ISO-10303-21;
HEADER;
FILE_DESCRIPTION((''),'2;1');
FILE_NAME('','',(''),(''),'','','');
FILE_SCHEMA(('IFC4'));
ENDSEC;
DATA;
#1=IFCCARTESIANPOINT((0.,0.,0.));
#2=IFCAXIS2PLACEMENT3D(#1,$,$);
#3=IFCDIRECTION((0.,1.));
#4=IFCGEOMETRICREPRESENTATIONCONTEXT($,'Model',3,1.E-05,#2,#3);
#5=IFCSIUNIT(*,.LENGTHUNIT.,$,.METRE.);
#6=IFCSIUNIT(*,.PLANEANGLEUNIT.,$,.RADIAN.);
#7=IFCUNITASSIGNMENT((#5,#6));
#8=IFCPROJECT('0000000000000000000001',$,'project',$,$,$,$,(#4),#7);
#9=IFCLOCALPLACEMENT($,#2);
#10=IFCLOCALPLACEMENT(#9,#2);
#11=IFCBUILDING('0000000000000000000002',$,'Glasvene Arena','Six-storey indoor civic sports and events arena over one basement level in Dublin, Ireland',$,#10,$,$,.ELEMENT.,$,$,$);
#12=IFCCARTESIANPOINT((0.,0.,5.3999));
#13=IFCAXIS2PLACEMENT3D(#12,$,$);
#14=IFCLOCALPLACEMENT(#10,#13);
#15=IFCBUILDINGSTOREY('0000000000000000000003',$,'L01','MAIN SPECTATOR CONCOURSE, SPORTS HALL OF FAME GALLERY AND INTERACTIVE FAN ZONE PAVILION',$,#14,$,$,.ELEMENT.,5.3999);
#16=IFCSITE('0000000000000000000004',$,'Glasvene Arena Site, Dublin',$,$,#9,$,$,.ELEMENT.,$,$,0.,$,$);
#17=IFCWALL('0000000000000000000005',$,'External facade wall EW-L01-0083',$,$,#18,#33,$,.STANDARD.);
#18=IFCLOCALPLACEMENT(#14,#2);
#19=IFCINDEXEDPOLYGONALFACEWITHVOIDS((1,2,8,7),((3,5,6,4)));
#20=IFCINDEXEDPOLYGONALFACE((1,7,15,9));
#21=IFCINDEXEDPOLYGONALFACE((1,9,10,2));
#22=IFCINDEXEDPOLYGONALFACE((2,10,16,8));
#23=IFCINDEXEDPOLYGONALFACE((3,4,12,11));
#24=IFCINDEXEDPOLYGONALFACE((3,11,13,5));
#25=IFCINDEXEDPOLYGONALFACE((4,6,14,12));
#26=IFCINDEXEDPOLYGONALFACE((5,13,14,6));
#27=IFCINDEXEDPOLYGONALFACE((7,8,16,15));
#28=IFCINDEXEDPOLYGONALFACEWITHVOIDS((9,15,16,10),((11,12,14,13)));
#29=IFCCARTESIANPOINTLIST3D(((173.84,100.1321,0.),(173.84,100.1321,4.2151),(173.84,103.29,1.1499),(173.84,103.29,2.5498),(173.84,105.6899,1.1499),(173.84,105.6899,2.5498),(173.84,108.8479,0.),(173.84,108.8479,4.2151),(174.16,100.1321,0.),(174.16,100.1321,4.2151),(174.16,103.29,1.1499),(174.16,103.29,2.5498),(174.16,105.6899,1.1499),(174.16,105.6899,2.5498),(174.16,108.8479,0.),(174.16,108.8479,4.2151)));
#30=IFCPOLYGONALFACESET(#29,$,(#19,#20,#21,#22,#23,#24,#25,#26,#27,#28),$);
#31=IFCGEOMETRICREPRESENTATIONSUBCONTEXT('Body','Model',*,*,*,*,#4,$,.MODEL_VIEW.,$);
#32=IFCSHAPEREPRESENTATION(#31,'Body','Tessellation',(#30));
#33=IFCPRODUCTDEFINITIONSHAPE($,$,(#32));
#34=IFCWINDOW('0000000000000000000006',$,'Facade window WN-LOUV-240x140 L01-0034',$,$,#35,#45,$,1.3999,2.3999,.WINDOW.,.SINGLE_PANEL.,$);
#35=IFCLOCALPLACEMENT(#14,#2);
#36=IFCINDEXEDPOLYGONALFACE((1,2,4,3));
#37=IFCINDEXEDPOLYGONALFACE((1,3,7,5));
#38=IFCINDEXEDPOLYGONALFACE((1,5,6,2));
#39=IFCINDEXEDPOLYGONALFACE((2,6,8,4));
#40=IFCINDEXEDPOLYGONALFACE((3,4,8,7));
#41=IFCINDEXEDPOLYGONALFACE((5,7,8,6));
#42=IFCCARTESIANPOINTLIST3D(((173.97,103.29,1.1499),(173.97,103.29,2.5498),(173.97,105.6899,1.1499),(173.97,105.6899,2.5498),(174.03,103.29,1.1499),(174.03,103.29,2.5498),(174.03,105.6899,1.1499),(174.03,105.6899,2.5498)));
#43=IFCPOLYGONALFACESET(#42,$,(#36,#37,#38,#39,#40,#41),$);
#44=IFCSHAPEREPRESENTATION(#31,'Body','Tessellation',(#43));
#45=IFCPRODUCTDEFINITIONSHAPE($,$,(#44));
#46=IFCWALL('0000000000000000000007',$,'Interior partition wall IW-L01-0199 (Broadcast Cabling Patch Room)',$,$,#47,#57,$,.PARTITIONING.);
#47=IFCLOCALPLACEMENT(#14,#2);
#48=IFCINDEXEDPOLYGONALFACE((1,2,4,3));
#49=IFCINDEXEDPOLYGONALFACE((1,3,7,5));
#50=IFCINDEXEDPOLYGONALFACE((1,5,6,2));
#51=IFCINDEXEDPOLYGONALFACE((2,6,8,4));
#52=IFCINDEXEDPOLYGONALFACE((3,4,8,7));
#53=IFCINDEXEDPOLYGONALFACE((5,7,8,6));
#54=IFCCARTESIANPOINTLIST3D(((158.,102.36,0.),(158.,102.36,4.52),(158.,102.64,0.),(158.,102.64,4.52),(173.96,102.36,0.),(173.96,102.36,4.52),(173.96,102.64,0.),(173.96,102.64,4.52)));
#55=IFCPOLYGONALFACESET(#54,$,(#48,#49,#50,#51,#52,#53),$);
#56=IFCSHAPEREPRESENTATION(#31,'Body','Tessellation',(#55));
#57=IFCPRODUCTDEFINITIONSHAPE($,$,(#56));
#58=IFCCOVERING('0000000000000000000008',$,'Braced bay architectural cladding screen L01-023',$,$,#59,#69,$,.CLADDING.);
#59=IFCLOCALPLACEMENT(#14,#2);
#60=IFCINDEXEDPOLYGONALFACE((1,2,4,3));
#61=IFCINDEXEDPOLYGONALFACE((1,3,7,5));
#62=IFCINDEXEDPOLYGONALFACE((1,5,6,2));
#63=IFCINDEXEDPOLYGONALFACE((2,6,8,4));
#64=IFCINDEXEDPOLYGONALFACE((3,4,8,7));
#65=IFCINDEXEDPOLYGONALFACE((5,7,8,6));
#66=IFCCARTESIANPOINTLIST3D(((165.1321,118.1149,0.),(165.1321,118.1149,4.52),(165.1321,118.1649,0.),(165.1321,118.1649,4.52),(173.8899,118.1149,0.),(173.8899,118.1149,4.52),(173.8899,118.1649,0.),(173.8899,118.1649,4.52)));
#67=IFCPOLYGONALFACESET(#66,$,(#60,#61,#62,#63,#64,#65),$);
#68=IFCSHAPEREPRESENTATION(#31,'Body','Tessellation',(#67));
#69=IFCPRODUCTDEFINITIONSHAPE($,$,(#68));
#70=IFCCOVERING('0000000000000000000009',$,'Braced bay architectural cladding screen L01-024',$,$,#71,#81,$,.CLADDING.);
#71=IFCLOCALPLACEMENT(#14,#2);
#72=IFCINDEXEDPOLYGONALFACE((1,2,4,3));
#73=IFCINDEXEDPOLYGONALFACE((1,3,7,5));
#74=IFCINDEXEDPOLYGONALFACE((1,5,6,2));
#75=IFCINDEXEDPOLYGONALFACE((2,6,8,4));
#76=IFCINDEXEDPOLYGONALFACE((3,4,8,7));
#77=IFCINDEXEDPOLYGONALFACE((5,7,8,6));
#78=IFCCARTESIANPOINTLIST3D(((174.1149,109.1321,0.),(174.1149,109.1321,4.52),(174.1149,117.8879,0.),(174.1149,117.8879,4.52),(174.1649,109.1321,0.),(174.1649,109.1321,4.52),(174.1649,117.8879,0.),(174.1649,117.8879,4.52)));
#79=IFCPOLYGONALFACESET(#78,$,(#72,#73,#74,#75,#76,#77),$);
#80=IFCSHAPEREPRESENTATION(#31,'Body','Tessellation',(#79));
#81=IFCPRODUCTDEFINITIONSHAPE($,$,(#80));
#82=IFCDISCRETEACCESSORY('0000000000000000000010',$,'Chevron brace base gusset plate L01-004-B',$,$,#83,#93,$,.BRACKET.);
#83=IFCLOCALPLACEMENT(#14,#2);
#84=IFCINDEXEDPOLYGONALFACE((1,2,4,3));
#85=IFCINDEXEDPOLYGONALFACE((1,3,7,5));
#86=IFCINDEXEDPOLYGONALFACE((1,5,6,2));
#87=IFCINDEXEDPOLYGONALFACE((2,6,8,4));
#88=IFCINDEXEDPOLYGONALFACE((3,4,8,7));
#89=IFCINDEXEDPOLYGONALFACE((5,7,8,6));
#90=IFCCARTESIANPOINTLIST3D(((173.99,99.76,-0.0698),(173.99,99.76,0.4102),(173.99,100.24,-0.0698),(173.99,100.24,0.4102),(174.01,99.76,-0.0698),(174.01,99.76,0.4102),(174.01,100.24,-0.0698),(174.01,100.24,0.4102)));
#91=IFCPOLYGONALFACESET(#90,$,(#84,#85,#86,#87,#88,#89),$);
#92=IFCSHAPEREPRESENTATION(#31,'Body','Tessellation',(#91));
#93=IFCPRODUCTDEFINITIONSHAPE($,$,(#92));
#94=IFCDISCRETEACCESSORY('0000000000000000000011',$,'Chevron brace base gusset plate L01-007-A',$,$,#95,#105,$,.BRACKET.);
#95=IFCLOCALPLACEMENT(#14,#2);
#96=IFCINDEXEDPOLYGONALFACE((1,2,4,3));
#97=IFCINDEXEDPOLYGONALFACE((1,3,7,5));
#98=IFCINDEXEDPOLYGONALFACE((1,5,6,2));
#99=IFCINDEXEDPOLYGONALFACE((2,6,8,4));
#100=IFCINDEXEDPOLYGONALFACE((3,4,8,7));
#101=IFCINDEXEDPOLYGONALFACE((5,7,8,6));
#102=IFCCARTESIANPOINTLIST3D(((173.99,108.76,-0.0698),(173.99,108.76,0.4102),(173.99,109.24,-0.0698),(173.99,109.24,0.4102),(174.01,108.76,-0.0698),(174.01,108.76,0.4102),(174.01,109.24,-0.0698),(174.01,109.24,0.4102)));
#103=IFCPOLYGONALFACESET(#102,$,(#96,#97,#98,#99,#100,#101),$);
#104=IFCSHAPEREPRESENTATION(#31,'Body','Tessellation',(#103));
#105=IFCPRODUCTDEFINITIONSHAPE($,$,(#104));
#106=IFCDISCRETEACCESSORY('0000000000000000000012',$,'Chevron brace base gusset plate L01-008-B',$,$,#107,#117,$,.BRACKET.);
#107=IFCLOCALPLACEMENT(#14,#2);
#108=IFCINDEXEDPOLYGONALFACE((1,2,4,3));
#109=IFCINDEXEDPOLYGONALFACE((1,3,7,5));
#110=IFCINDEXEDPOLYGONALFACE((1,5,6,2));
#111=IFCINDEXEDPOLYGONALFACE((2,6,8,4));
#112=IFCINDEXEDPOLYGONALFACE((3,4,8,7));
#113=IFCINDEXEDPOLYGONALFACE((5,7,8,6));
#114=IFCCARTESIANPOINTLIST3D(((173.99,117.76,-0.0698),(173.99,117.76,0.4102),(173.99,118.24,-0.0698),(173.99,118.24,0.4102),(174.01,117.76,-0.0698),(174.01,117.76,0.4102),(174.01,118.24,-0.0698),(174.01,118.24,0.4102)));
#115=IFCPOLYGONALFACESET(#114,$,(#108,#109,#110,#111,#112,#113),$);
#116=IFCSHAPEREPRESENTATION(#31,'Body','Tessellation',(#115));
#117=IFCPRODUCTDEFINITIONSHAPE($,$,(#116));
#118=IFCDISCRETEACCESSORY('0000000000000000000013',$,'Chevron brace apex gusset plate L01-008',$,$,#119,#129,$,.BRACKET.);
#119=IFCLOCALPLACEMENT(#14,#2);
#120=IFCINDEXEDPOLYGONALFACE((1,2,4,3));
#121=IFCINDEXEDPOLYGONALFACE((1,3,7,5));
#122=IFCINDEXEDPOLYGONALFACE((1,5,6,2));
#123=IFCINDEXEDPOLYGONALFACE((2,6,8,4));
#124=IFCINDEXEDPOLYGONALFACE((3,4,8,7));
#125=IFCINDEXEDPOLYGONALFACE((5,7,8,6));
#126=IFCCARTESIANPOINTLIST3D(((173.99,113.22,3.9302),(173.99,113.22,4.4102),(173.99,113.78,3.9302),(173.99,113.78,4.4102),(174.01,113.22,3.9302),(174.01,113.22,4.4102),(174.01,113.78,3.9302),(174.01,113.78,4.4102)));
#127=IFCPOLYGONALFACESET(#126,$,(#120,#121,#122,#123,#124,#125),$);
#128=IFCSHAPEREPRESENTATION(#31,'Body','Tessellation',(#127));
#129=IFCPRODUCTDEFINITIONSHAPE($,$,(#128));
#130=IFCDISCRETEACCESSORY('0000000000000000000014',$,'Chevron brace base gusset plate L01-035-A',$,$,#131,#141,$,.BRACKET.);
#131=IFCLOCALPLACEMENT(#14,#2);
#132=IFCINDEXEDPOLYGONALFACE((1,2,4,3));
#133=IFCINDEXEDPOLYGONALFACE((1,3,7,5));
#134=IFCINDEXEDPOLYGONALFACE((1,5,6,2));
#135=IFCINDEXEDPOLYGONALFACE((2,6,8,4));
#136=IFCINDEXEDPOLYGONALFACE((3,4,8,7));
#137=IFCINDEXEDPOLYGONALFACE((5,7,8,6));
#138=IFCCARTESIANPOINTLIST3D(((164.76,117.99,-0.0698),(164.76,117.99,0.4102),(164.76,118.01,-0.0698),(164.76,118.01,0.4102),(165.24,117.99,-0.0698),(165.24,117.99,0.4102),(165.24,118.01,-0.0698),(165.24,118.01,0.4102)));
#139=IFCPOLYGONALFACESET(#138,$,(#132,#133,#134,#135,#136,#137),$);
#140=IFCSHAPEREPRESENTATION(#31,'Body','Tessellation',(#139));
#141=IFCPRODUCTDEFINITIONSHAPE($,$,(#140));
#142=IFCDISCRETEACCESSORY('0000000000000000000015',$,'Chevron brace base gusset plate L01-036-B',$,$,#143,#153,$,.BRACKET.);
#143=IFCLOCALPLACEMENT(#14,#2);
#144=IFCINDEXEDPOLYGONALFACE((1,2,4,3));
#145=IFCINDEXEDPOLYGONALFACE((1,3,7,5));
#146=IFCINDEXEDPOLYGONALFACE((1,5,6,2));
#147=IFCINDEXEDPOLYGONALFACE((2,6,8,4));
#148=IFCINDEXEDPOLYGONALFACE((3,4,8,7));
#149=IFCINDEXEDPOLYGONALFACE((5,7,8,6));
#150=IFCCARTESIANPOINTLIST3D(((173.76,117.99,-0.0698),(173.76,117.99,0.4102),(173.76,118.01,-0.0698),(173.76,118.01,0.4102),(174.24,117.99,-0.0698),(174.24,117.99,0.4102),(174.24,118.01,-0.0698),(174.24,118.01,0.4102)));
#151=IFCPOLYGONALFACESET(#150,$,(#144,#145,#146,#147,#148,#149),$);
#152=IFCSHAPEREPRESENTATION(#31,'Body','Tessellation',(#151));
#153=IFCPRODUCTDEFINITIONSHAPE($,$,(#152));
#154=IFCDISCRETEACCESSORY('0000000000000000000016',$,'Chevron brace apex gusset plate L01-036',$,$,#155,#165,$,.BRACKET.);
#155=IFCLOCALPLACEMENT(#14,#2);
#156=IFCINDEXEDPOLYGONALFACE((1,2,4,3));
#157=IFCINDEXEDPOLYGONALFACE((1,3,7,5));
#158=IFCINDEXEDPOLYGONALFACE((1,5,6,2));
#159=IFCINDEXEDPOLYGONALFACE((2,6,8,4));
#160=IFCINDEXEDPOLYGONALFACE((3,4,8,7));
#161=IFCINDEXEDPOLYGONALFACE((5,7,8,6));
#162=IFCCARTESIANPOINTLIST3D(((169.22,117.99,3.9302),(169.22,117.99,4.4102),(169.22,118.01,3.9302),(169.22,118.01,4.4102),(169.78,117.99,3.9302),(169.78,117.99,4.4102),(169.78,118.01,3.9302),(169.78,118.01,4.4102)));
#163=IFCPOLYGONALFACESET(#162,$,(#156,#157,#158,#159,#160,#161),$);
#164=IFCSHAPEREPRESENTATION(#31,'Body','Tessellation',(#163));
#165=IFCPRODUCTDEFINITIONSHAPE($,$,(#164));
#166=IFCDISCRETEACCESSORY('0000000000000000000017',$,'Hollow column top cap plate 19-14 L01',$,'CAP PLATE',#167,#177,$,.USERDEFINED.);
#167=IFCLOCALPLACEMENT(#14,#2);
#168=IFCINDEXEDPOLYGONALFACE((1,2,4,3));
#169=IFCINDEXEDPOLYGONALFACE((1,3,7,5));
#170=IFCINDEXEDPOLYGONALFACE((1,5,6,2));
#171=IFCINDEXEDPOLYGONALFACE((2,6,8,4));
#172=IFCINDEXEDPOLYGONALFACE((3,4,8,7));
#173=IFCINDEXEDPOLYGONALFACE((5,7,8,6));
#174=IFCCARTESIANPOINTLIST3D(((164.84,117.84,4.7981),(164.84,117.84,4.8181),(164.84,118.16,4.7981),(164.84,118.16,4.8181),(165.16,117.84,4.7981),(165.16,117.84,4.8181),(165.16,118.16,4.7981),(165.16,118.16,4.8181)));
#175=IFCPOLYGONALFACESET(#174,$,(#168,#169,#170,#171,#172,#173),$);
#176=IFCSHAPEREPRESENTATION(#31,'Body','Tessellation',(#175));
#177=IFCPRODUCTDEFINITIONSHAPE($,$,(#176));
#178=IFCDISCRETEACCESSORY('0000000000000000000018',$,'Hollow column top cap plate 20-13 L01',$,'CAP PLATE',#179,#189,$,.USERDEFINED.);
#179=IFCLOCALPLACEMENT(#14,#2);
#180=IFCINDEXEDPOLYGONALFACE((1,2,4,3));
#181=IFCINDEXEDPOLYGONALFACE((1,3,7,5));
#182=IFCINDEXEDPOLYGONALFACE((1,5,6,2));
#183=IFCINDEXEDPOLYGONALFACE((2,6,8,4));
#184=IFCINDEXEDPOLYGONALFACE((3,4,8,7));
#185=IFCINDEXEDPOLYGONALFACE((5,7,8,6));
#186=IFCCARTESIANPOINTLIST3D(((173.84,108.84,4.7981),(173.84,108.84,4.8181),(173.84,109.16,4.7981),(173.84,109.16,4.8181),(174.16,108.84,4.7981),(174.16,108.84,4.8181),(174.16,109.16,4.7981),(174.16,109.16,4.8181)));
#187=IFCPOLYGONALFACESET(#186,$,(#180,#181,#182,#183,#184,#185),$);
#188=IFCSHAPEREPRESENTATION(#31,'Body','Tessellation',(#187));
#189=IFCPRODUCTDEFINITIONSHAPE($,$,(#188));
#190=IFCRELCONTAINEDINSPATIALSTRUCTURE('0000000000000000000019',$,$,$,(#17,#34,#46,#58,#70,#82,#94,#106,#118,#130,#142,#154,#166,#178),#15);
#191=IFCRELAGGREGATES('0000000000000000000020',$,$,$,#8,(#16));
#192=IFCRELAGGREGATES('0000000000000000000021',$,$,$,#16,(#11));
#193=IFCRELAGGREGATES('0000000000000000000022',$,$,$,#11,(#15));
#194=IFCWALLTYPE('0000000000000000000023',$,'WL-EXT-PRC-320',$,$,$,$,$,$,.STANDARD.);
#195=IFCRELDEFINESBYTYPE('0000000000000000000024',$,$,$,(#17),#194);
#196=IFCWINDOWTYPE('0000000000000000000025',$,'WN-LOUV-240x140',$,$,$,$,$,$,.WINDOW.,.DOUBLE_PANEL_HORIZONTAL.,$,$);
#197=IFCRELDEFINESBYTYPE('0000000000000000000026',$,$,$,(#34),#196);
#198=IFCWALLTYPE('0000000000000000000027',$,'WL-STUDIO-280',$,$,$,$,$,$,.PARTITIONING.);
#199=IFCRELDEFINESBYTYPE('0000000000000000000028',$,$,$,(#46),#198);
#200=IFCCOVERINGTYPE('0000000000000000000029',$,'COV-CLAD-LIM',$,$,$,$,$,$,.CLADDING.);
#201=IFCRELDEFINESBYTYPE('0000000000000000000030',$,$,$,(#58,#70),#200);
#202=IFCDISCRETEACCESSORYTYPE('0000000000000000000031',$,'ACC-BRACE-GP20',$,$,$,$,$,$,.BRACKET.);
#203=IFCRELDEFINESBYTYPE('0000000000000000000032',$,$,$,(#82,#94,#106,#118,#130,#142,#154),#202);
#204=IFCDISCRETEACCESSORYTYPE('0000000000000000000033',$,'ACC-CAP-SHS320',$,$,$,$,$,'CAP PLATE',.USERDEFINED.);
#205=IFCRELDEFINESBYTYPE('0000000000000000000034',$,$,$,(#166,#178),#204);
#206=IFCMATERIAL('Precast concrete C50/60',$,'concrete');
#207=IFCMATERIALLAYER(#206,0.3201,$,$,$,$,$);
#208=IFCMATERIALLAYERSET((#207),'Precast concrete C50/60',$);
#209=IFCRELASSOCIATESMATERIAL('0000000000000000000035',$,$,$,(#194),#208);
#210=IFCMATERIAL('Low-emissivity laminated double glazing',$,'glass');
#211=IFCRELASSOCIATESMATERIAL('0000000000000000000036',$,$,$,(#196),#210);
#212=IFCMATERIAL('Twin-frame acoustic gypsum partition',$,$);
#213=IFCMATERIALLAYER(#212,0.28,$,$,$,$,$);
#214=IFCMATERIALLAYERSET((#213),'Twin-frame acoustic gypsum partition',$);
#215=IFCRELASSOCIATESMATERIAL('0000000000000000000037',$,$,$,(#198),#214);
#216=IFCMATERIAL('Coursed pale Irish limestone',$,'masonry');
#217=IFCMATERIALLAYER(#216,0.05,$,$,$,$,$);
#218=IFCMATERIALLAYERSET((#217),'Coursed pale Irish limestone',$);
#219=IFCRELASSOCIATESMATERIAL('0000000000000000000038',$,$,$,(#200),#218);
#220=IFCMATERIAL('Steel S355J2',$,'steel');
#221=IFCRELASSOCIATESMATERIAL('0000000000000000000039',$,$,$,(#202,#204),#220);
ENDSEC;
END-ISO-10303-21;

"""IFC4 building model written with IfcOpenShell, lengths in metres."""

from ifc_helpers import new_model, si_unit, direction, frame, frame_2d, origin, origin_2d, place, context, subcontext, project, spatial, rectangle, extrude, material, layer, layer_set, type_object, element, fill, save


model = new_model("IFC4")

# Units and contexts
model_context = context("Model", 3, precision=1e-05, world=origin(), true_north=direction((0.0, 1.0)))
body_context = subcontext(model_context, "Body", "Model", "MODEL_VIEW")
ifc_project = project(units=[si_unit("LENGTHUNIT", "METRE"), si_unit("PLANEANGLEUNIT", "RADIAN")], contexts=[model_context])

# Site, building, storey
site_placement = place(None, origin())
site = spatial("IfcSite", under=ifc_project, at=site_placement, Name="Glasvene Arena Site, Dublin", CompositionType="ELEMENT", RefElevation=0.0)
building_placement = place(site_placement, origin())
building = spatial("IfcBuilding", under=site, at=building_placement, Name="Glasvene Arena", Description="Six-storey indoor civic sports and events arena over one basement level in Dublin, Ireland", CompositionType="ELEMENT")
storey_placement = place(building_placement, frame((0.0, 0.0, 5.3999)))
storey = spatial("IfcBuildingStorey", under=building, at=storey_placement, Name="L01", Description="MAIN SPECTATOR CONCOURSE, SPORTS HALL OF FAME GALLERY AND INTERACTIVE FAN ZONE PAVILION", CompositionType="ELEMENT", Elevation=5.3999)

# Shared definitions
ifc_material_1 = material(Name="Steel S355J2", Category="steel")

# Wall, opening, window
ifc_material_2 = material(Name="Precast concrete C50/60", Category="concrete")
ifc_layer_1 = layer(ifc_material_2, 0.3201)
ifc_layer_set_1 = layer_set([ifc_layer_1], Name="Precast concrete C50/60")
wall_type_1 = type_object("IfcWallType", Name="WL-EXT-PRC-320", PredefinedType="STANDARD", material=ifc_layer_set_1)
wall_1_placement = place(storey_placement, frame((174.0, 108.8479, 0.0), z_axis=(0.0, 0.0, 1.0), x_axis=(0.0, -1.0, 0.0)))
wall_1 = element("IfcWall", 1, at=wall_1_placement, inside=storey, type_object=wall_type_1, Name="External facade wall EW-L01-0083", PredefinedType="STANDARD", context=body_context, shape_type="SweptSolid", body=[
    extrude(rectangle(XDim=8.7158, YDim=0.3201, at=frame_2d((4.3579, 0.0))), origin(), (0.0, 0.0, 1.0), 4.2151),
])
opening_placement = place(wall_1_placement, frame((3.158, 0.0, 1.1499)))
opening = element("IfcOpeningElement", 2, at=opening_placement, cuts=wall_1, PredefinedType="OPENING", context=body_context, shape_type="SweptSolid", body=[
    extrude(rectangle(XDim=2.3999, YDim=1.3999, at=frame_2d((1.2, 0.7))), frame((0.0, 0.1699, 0.0), z_axis=(0.0, -1.0, 0.0), x_axis=(1.0, 0.0, 0.0)), (0.0, 0.0, 1.0), 0.3401),
])
ifc_material_3 = material(Name="Low-emissivity laminated double glazing", Category="glass")
window_type = type_object("IfcWindowType", Name="WN-LOUV-240x140", PartitioningType="DOUBLE_PANEL_HORIZONTAL", PredefinedType="WINDOW", material=ifc_material_3)
window_placement = place(opening_placement, origin())
window = element("IfcWindow", 3, at=window_placement, inside=storey, type_object=window_type, Name="Facade window WN-LOUV-240x140 L01-0034", OverallHeight=1.3999, OverallWidth=2.3999, PartitioningType="SINGLE_PANEL", PredefinedType="WINDOW", context=body_context, shape_type="SweptSolid", body=[
    extrude(rectangle(XDim=2.3999, YDim=1.3999, at=frame_2d((1.2, 0.7))), frame((0.0, 0.03, 0.0), z_axis=(0.0, -1.0, 0.0), x_axis=(1.0, 0.0, 0.0)), (0.0, 0.0, 1.0), 0.0601),
])
fill(opening, window)

# Wall
ifc_material_4 = material(Name="Twin-frame acoustic gypsum partition")
ifc_layer_2 = layer(ifc_material_4, 0.28)
ifc_layer_set_2 = layer_set([ifc_layer_2], Name="Twin-frame acoustic gypsum partition")
wall_type_2 = type_object("IfcWallType", Name="WL-STUDIO-280", PredefinedType="PARTITIONING", material=ifc_layer_set_2)
wall_2_placement = place(storey_placement, frame((173.96, 102.5, 0.0), z_axis=(0.0, 0.0, 1.0), x_axis=(-1.0, 0.0, 0.0)))
element("IfcWall", 4, at=wall_2_placement, inside=storey, type_object=wall_type_2, Name="Interior partition wall IW-L01-0199 (Broadcast Cabling Patch Room)", PredefinedType="PARTITIONING", context=body_context, shape_type="SweptSolid", body=[
    extrude(rectangle(XDim=15.96, YDim=0.28, at=frame_2d((7.98, 0.0))), origin(), (0.0, 0.0, 1.0), 4.52),
])

# Coverings
ifc_material_5 = material(Name="Coursed pale Irish limestone", Category="masonry")
ifc_layer_3 = layer(ifc_material_5, 0.05)
ifc_layer_set_3 = layer_set([ifc_layer_3], Name="Coursed pale Irish limestone")
covering_type = type_object("IfcCoveringType", Name="COV-CLAD-LIM", PredefinedType="CLADDING", material=ifc_layer_set_3)
covering_1_placement = place(storey_placement, frame((169.511, 118.1399, 0.0), z_axis=(0.0, 0.0, 1.0), x_axis=(1.0, 0.0, 0.0)))
element("IfcCovering", 5, at=covering_1_placement, inside=storey, type_object=covering_type, Name="Braced bay architectural cladding screen L01-023", PredefinedType="CLADDING", context=body_context, shape_type="SweptSolid", body=[
    extrude(rectangle(XDim=8.7578, YDim=0.05, at=origin_2d()), origin(), (0.0, 0.0, 1.0), 4.52),
])
covering_2_placement = place(storey_placement, frame((174.1399, 113.51, 0.0), z_axis=(0.0, 0.0, 1.0), x_axis=(0.0, -1.0, 0.0)))
element("IfcCovering", 6, at=covering_2_placement, inside=storey, type_object=covering_type, Name="Braced bay architectural cladding screen L01-024", PredefinedType="CLADDING", context=body_context, shape_type="SweptSolid", body=[
    extrude(rectangle(XDim=8.7559, YDim=0.05, at=origin_2d()), origin(), (0.0, 0.0, 1.0), 4.52),
])

# Discrete accessories
discrete_accessory_type_1 = type_object("IfcDiscreteAccessoryType", Name="ACC-BRACE-GP20", PredefinedType="BRACKET", material=ifc_material_1)
for number, where, z_axis, x_axis, name in (
    (7, (174.0, 100.0, -0.0698), (0.0, 0.0, 1.0), (1.0, 0.0, 0.0), "Chevron brace base gusset plate L01-004-B"),
    (8, (174.0, 109.0, -0.0698), (0.0, 0.0, 1.0), (1.0, 0.0, 0.0), "Chevron brace base gusset plate L01-007-A"),
    (9, (174.0, 118.0, -0.0698), (0.0, 0.0, 1.0), (1.0, 0.0, 0.0), "Chevron brace base gusset plate L01-008-B"),
):
    element("IfcDiscreteAccessory", number, at=place(storey_placement, frame(where, z_axis=z_axis, x_axis=x_axis)), inside=storey, type_object=discrete_accessory_type_1, Name=name, PredefinedType="BRACKET", context=body_context, shape_type="SweptSolid", body=[
        extrude(rectangle(XDim=0.02, YDim=0.48, at=origin_2d()), origin(), (0.0, 0.0, 1.0), 0.48),
    ])
discrete_accessory_1_placement = place(storey_placement, frame((174.0, 113.5, 3.9302), z_axis=(0.0, 0.0, 1.0), x_axis=(1.0, 0.0, 0.0)))
element("IfcDiscreteAccessory", 10, at=discrete_accessory_1_placement, inside=storey, type_object=discrete_accessory_type_1, Name="Chevron brace apex gusset plate L01-008", PredefinedType="BRACKET", context=body_context, shape_type="SweptSolid", body=[
    extrude(rectangle(XDim=0.02, YDim=0.5601, at=origin_2d()), origin(), (0.0, 0.0, 1.0), 0.48),
])
for number, where, z_axis, x_axis, name in (
    (11, (165.0, 118.0, -0.0698), (0.0, 0.0, 1.0), (1.0, 0.0, 0.0), "Chevron brace base gusset plate L01-035-A"),
    (12, (174.0, 118.0, -0.0698), (0.0, 0.0, 1.0), (1.0, 0.0, 0.0), "Chevron brace base gusset plate L01-036-B"),
):
    element("IfcDiscreteAccessory", number, at=place(storey_placement, frame(where, z_axis=z_axis, x_axis=x_axis)), inside=storey, type_object=discrete_accessory_type_1, Name=name, PredefinedType="BRACKET", context=body_context, shape_type="SweptSolid", body=[
        extrude(rectangle(XDim=0.48, YDim=0.02, at=origin_2d()), origin(), (0.0, 0.0, 1.0), 0.48),
    ])
discrete_accessory_2_placement = place(storey_placement, frame((169.5, 118.0, 3.9302), z_axis=(0.0, 0.0, 1.0), x_axis=(1.0, 0.0, 0.0)))
element("IfcDiscreteAccessory", 13, at=discrete_accessory_2_placement, inside=storey, type_object=discrete_accessory_type_1, Name="Chevron brace apex gusset plate L01-036", PredefinedType="BRACKET", context=body_context, shape_type="SweptSolid", body=[
    extrude(rectangle(XDim=0.5601, YDim=0.02, at=origin_2d()), origin(), (0.0, 0.0, 1.0), 0.48),
])
discrete_accessory_type_2 = type_object("IfcDiscreteAccessoryType", Name="ACC-CAP-SHS320", ElementType="CAP PLATE", PredefinedType="USERDEFINED", material=ifc_material_1)
for number, where, z_axis, x_axis, name in (
    (14, (165.0, 118.0, 4.7981), (0.0, 0.0, 1.0), (1.0, 0.0, 0.0), "Hollow column top cap plate 19-14 L01"),
    (15, (174.0, 109.0, 4.7981), (0.0, 0.0, 1.0), (1.0, 0.0, 0.0), "Hollow column top cap plate 20-13 L01"),
):
    element("IfcDiscreteAccessory", number, at=place(storey_placement, frame(where, z_axis=z_axis, x_axis=x_axis)), inside=storey, type_object=discrete_accessory_type_2, Name=name, ObjectType="CAP PLATE", PredefinedType="USERDEFINED", context=body_context, shape_type="SweptSolid", body=[
        extrude(rectangle(XDim=0.3201, YDim=0.3201, at=origin_2d()), origin(), (0.0, 0.0, 1.0), 0.02),
    ])

save(model, "model.ifc")
